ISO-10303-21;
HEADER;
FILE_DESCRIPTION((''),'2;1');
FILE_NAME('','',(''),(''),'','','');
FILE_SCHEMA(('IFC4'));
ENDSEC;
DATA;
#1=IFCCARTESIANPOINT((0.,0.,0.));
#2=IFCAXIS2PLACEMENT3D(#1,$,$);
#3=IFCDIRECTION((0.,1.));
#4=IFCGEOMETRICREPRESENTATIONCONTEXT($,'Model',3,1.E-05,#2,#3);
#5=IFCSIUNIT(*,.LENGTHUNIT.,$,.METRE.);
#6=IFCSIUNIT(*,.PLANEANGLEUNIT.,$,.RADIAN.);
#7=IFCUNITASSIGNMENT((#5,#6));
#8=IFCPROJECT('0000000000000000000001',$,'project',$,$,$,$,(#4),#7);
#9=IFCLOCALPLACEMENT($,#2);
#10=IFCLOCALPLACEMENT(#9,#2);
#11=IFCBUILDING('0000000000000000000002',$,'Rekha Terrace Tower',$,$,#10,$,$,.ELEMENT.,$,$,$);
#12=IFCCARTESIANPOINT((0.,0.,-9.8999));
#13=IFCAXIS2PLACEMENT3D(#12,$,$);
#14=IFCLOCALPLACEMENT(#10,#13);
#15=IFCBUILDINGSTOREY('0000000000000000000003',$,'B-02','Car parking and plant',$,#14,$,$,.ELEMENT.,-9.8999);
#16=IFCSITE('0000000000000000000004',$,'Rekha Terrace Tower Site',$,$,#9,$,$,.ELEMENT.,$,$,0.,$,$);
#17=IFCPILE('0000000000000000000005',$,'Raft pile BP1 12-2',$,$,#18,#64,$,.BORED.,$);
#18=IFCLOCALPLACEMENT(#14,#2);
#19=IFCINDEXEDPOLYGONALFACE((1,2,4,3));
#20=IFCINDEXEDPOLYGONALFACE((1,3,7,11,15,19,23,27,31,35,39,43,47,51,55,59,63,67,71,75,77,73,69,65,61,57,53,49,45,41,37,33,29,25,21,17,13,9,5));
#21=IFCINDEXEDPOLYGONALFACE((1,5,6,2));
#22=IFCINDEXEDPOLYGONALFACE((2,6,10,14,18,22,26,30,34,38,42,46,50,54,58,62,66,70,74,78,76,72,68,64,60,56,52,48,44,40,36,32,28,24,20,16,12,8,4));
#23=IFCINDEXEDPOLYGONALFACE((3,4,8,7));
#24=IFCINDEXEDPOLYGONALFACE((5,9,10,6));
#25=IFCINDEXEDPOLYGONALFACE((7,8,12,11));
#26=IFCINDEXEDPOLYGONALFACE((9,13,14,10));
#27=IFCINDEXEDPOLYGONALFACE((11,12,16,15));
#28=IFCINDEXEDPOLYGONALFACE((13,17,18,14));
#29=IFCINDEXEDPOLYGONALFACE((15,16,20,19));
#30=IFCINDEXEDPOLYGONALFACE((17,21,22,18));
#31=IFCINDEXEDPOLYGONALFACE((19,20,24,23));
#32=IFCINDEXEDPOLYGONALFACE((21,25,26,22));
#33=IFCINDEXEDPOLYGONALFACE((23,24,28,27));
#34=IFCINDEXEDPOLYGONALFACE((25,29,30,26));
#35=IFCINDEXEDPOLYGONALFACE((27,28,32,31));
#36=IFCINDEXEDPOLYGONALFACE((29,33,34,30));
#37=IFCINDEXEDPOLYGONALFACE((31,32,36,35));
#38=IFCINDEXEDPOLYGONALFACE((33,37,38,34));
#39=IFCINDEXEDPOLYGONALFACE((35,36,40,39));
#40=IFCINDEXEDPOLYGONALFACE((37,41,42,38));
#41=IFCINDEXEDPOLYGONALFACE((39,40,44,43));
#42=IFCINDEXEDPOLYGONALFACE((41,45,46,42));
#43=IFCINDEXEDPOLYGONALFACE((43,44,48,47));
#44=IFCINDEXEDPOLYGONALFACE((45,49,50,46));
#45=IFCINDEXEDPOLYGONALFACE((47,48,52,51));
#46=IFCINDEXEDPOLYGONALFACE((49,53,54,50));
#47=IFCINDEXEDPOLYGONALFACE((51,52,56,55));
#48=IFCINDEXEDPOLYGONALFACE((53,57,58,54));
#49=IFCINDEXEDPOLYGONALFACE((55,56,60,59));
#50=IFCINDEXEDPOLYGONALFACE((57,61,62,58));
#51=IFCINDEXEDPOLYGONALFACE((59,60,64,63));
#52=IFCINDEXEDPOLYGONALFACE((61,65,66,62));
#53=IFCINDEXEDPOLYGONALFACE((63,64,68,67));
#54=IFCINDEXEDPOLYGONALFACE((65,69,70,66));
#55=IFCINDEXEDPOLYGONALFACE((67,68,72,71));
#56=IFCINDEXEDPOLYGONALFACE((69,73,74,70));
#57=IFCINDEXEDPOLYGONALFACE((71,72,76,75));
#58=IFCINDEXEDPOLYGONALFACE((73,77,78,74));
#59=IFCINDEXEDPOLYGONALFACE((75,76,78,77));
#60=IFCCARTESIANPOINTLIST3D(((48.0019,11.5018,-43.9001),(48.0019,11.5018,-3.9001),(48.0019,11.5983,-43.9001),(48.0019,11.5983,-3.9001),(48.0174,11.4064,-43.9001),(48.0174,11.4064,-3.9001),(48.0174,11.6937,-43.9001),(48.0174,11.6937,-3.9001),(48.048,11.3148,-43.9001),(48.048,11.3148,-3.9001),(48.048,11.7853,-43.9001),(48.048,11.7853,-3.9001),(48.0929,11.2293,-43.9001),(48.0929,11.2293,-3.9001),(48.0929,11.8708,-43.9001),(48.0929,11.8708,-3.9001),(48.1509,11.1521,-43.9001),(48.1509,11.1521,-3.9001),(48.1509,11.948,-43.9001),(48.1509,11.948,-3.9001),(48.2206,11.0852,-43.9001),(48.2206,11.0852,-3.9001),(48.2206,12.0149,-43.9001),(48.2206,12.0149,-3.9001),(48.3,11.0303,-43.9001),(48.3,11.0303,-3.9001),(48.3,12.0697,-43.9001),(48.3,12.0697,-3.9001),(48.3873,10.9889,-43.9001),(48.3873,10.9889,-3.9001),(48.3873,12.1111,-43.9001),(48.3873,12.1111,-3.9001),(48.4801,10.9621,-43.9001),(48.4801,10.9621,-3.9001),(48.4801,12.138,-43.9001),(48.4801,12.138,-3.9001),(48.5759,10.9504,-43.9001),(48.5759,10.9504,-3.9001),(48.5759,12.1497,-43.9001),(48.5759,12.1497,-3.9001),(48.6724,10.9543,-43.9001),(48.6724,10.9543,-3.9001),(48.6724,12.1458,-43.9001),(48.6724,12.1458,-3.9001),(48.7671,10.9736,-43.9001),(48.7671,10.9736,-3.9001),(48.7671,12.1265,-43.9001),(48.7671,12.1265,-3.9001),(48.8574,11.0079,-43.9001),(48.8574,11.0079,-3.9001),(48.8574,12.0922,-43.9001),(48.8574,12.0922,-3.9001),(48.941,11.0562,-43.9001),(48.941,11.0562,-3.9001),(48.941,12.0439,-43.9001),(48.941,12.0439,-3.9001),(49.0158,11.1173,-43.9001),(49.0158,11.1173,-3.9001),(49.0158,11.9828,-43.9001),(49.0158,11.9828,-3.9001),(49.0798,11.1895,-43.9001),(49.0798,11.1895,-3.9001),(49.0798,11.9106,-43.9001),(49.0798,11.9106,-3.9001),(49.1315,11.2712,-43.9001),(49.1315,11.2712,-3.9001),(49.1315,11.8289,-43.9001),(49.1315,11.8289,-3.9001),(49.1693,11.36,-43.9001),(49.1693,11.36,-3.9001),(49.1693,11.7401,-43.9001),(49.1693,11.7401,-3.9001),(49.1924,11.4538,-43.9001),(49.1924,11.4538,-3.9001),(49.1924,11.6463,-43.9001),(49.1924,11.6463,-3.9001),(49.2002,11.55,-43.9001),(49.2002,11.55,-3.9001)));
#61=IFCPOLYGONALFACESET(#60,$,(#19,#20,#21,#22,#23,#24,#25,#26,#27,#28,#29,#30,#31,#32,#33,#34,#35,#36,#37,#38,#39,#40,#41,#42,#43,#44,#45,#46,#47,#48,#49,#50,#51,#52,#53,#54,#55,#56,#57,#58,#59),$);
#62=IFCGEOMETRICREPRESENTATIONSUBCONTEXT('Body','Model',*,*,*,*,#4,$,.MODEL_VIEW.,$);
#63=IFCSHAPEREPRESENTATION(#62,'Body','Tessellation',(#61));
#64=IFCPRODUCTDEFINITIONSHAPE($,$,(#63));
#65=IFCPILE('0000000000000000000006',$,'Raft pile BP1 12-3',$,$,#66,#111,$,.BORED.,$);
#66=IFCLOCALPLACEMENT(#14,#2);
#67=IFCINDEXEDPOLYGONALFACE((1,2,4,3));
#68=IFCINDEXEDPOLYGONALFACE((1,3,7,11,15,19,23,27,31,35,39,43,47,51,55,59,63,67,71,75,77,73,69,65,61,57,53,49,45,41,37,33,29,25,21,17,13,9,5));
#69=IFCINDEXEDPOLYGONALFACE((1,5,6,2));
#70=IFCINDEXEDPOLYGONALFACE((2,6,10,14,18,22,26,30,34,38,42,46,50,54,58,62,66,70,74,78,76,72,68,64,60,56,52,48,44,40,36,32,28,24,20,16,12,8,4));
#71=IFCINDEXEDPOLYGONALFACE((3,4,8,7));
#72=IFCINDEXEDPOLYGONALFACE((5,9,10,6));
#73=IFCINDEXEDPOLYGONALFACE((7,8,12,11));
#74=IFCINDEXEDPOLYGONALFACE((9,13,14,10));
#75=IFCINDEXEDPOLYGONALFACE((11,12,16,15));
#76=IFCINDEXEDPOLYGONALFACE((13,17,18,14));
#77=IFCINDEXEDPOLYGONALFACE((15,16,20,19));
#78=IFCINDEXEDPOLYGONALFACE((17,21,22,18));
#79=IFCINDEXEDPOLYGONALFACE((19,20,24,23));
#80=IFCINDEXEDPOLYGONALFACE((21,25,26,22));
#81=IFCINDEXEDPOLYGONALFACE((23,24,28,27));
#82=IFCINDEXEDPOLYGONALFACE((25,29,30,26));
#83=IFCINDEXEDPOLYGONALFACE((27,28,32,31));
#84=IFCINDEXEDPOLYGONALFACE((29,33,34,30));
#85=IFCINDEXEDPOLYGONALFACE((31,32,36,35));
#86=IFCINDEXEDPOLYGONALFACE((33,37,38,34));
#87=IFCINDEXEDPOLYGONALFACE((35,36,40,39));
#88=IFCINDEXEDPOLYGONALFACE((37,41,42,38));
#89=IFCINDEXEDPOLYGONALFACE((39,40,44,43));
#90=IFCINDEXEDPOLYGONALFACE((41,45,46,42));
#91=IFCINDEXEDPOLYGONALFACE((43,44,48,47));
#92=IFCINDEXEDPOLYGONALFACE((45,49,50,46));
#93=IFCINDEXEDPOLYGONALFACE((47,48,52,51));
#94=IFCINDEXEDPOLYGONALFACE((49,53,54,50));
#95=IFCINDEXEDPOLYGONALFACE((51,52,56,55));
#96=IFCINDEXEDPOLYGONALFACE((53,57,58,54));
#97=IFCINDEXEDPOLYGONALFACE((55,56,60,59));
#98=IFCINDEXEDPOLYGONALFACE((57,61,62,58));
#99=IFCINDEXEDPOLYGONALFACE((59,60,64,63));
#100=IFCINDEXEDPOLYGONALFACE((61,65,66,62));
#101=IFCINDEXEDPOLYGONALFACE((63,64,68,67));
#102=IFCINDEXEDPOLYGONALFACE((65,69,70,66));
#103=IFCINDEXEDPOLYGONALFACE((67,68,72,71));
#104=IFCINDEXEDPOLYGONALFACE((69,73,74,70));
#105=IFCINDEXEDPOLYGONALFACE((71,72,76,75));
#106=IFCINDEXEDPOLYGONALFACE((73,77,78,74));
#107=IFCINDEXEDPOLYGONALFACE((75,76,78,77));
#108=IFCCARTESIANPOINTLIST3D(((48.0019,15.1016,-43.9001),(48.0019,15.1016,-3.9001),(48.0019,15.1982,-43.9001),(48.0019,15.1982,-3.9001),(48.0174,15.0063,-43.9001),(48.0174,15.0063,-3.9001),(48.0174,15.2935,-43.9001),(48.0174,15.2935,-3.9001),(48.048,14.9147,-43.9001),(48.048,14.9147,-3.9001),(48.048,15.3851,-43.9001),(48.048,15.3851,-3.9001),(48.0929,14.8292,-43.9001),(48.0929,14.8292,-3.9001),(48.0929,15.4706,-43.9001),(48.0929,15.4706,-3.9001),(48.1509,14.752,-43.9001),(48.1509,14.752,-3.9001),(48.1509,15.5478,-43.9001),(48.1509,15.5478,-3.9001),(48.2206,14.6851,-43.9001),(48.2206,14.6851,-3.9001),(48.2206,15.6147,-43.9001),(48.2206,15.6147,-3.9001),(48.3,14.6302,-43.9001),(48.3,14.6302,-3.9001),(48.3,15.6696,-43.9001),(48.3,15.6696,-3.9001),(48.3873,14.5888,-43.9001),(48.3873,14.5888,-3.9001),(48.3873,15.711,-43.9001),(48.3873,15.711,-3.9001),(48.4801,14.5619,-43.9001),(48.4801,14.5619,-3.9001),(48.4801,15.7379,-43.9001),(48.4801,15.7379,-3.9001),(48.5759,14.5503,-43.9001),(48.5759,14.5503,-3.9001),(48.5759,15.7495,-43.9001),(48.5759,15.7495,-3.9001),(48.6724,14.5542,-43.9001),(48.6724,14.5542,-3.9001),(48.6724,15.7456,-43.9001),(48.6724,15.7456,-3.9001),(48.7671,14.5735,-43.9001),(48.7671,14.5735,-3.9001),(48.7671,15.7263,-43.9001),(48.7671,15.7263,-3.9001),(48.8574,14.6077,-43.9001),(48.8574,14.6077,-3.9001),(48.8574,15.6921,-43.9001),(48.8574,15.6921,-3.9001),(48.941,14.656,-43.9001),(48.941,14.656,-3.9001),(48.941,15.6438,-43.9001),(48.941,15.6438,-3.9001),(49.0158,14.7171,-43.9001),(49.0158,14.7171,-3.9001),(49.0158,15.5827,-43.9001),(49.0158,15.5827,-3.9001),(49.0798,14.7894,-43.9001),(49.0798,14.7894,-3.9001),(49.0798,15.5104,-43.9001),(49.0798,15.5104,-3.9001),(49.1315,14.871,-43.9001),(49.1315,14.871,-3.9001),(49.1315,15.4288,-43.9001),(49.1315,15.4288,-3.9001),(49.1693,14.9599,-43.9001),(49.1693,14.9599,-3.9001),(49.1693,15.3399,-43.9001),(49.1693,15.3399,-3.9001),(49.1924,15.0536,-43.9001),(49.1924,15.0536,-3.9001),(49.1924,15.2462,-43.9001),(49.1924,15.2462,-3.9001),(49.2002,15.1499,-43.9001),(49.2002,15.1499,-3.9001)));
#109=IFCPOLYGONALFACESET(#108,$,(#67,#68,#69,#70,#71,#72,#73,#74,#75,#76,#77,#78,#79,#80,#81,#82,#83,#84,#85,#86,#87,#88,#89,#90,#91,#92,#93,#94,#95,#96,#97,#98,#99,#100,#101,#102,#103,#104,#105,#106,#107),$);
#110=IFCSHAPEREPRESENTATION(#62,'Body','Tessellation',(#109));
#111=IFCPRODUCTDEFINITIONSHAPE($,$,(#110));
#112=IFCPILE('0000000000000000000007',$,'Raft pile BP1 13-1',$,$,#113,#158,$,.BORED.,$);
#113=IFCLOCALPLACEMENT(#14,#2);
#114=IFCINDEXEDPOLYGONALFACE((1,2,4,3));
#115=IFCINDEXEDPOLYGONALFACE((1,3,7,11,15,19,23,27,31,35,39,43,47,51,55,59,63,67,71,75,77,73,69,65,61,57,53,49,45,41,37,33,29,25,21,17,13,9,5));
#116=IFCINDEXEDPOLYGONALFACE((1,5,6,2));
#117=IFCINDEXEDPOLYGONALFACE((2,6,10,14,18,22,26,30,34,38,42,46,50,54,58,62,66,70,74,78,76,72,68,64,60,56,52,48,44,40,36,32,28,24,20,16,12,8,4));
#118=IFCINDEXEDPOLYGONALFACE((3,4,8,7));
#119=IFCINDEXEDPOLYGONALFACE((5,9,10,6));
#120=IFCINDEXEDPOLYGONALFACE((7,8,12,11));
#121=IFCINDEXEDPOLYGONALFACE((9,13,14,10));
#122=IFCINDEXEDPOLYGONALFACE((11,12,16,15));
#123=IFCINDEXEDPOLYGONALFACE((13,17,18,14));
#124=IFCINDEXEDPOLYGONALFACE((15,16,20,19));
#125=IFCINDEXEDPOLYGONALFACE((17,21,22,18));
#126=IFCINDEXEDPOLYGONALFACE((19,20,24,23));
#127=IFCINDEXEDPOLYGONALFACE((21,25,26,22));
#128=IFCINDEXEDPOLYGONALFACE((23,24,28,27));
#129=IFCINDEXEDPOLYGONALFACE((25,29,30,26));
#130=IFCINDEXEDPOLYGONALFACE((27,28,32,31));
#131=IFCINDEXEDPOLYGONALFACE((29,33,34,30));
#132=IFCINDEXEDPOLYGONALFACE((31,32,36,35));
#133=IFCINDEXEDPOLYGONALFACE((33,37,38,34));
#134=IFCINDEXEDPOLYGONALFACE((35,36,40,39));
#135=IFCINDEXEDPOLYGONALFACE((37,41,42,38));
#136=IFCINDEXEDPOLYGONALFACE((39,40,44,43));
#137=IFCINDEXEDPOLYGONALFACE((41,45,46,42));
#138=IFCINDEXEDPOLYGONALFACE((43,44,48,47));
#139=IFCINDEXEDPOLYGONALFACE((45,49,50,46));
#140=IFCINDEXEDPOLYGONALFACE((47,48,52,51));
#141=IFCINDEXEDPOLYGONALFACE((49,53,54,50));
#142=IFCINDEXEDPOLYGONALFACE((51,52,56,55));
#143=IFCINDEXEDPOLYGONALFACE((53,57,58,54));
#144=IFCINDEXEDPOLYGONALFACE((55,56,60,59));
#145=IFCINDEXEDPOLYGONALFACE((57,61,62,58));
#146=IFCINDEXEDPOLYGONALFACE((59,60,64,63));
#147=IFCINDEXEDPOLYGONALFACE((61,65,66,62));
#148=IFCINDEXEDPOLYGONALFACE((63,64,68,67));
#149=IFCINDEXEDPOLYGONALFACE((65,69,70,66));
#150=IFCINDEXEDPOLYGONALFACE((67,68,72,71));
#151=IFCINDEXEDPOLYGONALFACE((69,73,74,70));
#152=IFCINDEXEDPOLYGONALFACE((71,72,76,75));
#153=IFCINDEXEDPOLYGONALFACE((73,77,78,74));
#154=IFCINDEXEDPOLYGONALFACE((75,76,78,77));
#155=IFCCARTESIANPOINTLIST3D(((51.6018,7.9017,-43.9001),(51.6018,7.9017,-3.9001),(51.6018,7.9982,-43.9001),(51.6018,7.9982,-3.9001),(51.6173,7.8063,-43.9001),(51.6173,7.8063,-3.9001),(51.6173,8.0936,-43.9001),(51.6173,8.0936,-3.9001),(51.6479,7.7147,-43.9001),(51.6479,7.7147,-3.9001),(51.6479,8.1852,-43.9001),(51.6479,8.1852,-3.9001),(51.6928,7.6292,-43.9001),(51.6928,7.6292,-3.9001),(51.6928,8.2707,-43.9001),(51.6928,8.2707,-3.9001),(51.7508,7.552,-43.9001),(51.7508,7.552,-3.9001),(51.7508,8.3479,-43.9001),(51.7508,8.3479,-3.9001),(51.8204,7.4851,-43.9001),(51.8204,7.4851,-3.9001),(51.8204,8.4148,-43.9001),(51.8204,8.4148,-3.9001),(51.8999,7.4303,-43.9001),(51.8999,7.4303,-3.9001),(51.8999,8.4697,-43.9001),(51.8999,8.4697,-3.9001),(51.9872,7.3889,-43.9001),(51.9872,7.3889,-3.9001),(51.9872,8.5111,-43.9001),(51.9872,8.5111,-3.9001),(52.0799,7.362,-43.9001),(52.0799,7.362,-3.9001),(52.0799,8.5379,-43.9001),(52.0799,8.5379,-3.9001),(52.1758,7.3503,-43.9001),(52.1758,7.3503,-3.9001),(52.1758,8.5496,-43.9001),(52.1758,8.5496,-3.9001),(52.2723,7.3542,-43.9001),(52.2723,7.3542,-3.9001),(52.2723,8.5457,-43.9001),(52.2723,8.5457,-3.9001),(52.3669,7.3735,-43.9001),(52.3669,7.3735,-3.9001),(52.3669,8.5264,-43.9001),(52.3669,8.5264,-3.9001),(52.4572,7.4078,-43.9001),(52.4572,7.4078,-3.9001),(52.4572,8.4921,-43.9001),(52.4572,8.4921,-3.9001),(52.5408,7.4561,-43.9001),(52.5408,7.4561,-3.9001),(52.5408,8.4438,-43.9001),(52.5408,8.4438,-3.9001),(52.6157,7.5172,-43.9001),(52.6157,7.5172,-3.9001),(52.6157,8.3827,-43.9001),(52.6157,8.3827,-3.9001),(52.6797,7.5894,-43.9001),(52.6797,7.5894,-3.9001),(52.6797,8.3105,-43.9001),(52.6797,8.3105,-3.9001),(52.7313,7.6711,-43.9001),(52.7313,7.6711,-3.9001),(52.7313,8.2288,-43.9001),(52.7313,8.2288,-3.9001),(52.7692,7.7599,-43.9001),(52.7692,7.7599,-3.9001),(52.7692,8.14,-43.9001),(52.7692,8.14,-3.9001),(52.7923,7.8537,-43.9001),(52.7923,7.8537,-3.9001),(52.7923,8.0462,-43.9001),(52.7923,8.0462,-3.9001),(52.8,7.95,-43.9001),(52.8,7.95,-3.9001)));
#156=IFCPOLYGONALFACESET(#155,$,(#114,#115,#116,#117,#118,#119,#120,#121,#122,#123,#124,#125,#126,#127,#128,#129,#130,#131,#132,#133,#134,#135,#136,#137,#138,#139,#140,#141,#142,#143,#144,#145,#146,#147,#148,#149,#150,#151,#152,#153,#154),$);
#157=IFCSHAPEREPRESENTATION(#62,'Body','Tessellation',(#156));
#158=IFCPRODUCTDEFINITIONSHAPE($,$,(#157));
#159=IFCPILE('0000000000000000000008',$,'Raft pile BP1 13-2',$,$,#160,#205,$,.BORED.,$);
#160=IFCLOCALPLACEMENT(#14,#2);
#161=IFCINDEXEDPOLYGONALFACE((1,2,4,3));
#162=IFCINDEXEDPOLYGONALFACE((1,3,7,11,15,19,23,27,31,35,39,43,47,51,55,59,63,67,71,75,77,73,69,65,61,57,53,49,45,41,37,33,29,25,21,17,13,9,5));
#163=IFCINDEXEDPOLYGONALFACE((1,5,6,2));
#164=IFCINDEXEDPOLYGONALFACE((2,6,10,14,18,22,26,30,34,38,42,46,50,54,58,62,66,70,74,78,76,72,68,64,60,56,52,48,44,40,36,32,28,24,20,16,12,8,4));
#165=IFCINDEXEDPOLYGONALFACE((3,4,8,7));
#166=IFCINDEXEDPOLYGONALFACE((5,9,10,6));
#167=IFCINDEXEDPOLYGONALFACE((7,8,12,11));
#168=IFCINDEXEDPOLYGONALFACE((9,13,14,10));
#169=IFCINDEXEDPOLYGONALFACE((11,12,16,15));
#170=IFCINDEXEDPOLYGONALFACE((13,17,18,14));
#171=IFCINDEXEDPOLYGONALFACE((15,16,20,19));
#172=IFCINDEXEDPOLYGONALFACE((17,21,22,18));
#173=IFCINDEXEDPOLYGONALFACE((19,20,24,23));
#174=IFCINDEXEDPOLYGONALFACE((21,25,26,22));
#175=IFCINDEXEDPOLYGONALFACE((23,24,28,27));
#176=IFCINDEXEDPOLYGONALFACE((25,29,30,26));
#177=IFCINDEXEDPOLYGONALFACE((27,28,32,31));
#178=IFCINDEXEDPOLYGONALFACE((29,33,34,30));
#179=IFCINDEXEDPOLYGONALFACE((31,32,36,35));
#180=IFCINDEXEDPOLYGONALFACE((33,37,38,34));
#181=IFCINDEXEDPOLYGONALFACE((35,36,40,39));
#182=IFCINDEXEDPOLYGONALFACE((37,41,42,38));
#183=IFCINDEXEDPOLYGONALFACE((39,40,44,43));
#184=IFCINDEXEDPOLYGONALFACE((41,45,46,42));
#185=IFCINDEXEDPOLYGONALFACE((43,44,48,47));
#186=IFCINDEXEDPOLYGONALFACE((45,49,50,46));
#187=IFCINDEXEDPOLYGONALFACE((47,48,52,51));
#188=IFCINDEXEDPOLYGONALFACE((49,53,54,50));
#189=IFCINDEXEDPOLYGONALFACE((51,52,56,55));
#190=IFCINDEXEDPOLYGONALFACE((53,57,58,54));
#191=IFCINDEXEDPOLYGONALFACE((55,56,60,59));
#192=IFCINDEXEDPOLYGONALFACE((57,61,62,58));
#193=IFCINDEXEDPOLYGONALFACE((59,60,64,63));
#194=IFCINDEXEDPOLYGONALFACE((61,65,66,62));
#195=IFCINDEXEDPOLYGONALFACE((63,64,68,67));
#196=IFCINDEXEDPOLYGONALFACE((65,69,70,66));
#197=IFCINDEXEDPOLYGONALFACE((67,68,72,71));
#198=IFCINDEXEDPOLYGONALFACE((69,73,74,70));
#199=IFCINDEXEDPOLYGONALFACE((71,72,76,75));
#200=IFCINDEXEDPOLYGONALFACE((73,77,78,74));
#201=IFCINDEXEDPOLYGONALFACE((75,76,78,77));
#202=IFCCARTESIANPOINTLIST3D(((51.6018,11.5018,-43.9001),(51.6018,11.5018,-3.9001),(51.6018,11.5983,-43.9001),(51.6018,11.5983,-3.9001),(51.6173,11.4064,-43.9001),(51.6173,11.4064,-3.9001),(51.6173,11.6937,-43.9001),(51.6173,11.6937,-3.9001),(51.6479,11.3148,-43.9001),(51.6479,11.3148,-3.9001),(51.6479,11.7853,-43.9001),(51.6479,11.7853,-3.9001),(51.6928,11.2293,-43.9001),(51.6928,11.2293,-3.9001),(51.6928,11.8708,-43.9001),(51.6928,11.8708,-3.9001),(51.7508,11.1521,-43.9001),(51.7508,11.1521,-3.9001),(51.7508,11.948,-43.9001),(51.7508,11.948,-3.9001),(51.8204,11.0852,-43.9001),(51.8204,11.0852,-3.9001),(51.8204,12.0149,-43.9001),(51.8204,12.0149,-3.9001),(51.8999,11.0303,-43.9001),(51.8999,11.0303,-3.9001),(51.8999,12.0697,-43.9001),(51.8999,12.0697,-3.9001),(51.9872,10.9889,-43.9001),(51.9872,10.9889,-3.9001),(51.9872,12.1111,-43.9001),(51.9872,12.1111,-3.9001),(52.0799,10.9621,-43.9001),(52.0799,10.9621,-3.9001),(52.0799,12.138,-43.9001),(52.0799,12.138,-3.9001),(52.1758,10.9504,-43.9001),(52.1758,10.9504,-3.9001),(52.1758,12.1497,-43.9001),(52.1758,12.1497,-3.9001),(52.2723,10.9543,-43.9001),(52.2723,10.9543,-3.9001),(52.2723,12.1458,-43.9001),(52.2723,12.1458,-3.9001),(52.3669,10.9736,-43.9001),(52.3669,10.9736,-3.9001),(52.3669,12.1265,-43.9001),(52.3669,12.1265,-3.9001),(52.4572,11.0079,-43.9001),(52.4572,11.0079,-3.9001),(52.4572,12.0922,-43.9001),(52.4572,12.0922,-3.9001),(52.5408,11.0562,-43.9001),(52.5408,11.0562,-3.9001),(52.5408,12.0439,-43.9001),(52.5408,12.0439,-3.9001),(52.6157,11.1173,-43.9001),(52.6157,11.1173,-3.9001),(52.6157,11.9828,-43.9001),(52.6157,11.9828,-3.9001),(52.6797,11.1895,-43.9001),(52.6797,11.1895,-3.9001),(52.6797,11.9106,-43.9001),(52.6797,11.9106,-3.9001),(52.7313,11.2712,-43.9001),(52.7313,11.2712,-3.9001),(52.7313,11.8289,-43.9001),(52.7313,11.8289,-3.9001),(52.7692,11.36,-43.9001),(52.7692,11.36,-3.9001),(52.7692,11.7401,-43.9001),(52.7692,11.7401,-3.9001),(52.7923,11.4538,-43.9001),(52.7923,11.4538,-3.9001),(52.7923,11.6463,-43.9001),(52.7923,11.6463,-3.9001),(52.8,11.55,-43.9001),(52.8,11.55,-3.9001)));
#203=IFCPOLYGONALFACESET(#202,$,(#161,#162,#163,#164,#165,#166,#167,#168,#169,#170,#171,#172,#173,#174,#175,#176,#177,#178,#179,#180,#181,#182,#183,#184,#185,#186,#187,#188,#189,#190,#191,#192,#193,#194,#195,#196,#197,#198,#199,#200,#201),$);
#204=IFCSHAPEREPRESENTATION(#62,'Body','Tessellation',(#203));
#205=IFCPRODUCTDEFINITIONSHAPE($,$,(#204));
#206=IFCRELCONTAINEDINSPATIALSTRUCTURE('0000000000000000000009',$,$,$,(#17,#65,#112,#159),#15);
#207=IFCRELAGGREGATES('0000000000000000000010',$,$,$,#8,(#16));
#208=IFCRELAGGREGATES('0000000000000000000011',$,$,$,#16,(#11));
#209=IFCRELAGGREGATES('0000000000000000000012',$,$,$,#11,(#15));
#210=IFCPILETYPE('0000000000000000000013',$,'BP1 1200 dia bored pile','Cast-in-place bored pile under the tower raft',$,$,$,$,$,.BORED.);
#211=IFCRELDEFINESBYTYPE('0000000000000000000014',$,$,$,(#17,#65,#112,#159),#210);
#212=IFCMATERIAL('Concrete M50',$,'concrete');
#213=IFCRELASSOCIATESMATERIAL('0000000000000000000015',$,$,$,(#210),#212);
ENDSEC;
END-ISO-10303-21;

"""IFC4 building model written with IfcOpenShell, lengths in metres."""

from ifc_helpers import new_model, si_unit, direction, frame, origin, origin_2d, place, context, subcontext, project, spatial, circle, extrude, material, type_object, element, save


model = new_model("IFC4")

# Units and contexts
model_context = context("Model", 3, precision=1e-05, world=origin(), true_north=direction((0.0, 1.0)))
body_context = subcontext(model_context, "Body", "Model", "MODEL_VIEW")
ifc_project = project(units=[si_unit("LENGTHUNIT", "METRE"), si_unit("PLANEANGLEUNIT", "RADIAN")], contexts=[model_context])

# Site, building, storey
site_placement = place(None, origin())
site = spatial("IfcSite", under=ifc_project, at=site_placement, Name="Rekha Terrace Tower Site", CompositionType="ELEMENT", RefElevation=0.0)
building_placement = place(site_placement, origin())
building = spatial("IfcBuilding", under=site, at=building_placement, Name="Rekha Terrace Tower", CompositionType="ELEMENT")
storey_placement = place(building_placement, frame((0.0, 0.0, -9.8999)))
storey = spatial("IfcBuildingStorey", under=building, at=storey_placement, Name="B-02", Description="Car parking and plant", CompositionType="ELEMENT", Elevation=-9.8999)

# Piles
ifc_material_1 = material(Name="Concrete M50", Category="concrete")
pile_type_1 = type_object("IfcPileType", Name="BP1 1200 dia bored pile", Description="Cast-in-place bored pile under the tower raft", PredefinedType="BORED", material=ifc_material_1)
for number, where, z_axis, x_axis, name in (
    (1, (48.6001, 11.55, -3.9001), (0.0, 0.0, -1.0), (1.0, 0.0, 0.0), "Raft pile BP1 12-2"),
    (2, (48.6001, 15.1499, -3.9001), (0.0, 0.0, -1.0), (1.0, 0.0, 0.0), "Raft pile BP1 12-3"),
    (3, (52.2, 7.95, -3.9001), (0.0, 0.0, -1.0), (1.0, 0.0, 0.0), "Raft pile BP1 13-1"),
    (4, (52.2, 11.55, -3.9001), (0.0, 0.0, -1.0), (1.0, 0.0, 0.0), "Raft pile BP1 13-2"),
):
    element("IfcPile", number, at=place(storey_placement, frame(where, z_axis=z_axis, x_axis=x_axis)), inside=storey, type_object=pile_type_1, Name=name, PredefinedType="BORED", context=body_context, shape_type="SweptSolid", body=[
        extrude(circle(Radius=0.6001, at=origin_2d()), origin(), (0.0, 0.0, 1.0), 40.0),
    ])

save(model, "model.ifc")
